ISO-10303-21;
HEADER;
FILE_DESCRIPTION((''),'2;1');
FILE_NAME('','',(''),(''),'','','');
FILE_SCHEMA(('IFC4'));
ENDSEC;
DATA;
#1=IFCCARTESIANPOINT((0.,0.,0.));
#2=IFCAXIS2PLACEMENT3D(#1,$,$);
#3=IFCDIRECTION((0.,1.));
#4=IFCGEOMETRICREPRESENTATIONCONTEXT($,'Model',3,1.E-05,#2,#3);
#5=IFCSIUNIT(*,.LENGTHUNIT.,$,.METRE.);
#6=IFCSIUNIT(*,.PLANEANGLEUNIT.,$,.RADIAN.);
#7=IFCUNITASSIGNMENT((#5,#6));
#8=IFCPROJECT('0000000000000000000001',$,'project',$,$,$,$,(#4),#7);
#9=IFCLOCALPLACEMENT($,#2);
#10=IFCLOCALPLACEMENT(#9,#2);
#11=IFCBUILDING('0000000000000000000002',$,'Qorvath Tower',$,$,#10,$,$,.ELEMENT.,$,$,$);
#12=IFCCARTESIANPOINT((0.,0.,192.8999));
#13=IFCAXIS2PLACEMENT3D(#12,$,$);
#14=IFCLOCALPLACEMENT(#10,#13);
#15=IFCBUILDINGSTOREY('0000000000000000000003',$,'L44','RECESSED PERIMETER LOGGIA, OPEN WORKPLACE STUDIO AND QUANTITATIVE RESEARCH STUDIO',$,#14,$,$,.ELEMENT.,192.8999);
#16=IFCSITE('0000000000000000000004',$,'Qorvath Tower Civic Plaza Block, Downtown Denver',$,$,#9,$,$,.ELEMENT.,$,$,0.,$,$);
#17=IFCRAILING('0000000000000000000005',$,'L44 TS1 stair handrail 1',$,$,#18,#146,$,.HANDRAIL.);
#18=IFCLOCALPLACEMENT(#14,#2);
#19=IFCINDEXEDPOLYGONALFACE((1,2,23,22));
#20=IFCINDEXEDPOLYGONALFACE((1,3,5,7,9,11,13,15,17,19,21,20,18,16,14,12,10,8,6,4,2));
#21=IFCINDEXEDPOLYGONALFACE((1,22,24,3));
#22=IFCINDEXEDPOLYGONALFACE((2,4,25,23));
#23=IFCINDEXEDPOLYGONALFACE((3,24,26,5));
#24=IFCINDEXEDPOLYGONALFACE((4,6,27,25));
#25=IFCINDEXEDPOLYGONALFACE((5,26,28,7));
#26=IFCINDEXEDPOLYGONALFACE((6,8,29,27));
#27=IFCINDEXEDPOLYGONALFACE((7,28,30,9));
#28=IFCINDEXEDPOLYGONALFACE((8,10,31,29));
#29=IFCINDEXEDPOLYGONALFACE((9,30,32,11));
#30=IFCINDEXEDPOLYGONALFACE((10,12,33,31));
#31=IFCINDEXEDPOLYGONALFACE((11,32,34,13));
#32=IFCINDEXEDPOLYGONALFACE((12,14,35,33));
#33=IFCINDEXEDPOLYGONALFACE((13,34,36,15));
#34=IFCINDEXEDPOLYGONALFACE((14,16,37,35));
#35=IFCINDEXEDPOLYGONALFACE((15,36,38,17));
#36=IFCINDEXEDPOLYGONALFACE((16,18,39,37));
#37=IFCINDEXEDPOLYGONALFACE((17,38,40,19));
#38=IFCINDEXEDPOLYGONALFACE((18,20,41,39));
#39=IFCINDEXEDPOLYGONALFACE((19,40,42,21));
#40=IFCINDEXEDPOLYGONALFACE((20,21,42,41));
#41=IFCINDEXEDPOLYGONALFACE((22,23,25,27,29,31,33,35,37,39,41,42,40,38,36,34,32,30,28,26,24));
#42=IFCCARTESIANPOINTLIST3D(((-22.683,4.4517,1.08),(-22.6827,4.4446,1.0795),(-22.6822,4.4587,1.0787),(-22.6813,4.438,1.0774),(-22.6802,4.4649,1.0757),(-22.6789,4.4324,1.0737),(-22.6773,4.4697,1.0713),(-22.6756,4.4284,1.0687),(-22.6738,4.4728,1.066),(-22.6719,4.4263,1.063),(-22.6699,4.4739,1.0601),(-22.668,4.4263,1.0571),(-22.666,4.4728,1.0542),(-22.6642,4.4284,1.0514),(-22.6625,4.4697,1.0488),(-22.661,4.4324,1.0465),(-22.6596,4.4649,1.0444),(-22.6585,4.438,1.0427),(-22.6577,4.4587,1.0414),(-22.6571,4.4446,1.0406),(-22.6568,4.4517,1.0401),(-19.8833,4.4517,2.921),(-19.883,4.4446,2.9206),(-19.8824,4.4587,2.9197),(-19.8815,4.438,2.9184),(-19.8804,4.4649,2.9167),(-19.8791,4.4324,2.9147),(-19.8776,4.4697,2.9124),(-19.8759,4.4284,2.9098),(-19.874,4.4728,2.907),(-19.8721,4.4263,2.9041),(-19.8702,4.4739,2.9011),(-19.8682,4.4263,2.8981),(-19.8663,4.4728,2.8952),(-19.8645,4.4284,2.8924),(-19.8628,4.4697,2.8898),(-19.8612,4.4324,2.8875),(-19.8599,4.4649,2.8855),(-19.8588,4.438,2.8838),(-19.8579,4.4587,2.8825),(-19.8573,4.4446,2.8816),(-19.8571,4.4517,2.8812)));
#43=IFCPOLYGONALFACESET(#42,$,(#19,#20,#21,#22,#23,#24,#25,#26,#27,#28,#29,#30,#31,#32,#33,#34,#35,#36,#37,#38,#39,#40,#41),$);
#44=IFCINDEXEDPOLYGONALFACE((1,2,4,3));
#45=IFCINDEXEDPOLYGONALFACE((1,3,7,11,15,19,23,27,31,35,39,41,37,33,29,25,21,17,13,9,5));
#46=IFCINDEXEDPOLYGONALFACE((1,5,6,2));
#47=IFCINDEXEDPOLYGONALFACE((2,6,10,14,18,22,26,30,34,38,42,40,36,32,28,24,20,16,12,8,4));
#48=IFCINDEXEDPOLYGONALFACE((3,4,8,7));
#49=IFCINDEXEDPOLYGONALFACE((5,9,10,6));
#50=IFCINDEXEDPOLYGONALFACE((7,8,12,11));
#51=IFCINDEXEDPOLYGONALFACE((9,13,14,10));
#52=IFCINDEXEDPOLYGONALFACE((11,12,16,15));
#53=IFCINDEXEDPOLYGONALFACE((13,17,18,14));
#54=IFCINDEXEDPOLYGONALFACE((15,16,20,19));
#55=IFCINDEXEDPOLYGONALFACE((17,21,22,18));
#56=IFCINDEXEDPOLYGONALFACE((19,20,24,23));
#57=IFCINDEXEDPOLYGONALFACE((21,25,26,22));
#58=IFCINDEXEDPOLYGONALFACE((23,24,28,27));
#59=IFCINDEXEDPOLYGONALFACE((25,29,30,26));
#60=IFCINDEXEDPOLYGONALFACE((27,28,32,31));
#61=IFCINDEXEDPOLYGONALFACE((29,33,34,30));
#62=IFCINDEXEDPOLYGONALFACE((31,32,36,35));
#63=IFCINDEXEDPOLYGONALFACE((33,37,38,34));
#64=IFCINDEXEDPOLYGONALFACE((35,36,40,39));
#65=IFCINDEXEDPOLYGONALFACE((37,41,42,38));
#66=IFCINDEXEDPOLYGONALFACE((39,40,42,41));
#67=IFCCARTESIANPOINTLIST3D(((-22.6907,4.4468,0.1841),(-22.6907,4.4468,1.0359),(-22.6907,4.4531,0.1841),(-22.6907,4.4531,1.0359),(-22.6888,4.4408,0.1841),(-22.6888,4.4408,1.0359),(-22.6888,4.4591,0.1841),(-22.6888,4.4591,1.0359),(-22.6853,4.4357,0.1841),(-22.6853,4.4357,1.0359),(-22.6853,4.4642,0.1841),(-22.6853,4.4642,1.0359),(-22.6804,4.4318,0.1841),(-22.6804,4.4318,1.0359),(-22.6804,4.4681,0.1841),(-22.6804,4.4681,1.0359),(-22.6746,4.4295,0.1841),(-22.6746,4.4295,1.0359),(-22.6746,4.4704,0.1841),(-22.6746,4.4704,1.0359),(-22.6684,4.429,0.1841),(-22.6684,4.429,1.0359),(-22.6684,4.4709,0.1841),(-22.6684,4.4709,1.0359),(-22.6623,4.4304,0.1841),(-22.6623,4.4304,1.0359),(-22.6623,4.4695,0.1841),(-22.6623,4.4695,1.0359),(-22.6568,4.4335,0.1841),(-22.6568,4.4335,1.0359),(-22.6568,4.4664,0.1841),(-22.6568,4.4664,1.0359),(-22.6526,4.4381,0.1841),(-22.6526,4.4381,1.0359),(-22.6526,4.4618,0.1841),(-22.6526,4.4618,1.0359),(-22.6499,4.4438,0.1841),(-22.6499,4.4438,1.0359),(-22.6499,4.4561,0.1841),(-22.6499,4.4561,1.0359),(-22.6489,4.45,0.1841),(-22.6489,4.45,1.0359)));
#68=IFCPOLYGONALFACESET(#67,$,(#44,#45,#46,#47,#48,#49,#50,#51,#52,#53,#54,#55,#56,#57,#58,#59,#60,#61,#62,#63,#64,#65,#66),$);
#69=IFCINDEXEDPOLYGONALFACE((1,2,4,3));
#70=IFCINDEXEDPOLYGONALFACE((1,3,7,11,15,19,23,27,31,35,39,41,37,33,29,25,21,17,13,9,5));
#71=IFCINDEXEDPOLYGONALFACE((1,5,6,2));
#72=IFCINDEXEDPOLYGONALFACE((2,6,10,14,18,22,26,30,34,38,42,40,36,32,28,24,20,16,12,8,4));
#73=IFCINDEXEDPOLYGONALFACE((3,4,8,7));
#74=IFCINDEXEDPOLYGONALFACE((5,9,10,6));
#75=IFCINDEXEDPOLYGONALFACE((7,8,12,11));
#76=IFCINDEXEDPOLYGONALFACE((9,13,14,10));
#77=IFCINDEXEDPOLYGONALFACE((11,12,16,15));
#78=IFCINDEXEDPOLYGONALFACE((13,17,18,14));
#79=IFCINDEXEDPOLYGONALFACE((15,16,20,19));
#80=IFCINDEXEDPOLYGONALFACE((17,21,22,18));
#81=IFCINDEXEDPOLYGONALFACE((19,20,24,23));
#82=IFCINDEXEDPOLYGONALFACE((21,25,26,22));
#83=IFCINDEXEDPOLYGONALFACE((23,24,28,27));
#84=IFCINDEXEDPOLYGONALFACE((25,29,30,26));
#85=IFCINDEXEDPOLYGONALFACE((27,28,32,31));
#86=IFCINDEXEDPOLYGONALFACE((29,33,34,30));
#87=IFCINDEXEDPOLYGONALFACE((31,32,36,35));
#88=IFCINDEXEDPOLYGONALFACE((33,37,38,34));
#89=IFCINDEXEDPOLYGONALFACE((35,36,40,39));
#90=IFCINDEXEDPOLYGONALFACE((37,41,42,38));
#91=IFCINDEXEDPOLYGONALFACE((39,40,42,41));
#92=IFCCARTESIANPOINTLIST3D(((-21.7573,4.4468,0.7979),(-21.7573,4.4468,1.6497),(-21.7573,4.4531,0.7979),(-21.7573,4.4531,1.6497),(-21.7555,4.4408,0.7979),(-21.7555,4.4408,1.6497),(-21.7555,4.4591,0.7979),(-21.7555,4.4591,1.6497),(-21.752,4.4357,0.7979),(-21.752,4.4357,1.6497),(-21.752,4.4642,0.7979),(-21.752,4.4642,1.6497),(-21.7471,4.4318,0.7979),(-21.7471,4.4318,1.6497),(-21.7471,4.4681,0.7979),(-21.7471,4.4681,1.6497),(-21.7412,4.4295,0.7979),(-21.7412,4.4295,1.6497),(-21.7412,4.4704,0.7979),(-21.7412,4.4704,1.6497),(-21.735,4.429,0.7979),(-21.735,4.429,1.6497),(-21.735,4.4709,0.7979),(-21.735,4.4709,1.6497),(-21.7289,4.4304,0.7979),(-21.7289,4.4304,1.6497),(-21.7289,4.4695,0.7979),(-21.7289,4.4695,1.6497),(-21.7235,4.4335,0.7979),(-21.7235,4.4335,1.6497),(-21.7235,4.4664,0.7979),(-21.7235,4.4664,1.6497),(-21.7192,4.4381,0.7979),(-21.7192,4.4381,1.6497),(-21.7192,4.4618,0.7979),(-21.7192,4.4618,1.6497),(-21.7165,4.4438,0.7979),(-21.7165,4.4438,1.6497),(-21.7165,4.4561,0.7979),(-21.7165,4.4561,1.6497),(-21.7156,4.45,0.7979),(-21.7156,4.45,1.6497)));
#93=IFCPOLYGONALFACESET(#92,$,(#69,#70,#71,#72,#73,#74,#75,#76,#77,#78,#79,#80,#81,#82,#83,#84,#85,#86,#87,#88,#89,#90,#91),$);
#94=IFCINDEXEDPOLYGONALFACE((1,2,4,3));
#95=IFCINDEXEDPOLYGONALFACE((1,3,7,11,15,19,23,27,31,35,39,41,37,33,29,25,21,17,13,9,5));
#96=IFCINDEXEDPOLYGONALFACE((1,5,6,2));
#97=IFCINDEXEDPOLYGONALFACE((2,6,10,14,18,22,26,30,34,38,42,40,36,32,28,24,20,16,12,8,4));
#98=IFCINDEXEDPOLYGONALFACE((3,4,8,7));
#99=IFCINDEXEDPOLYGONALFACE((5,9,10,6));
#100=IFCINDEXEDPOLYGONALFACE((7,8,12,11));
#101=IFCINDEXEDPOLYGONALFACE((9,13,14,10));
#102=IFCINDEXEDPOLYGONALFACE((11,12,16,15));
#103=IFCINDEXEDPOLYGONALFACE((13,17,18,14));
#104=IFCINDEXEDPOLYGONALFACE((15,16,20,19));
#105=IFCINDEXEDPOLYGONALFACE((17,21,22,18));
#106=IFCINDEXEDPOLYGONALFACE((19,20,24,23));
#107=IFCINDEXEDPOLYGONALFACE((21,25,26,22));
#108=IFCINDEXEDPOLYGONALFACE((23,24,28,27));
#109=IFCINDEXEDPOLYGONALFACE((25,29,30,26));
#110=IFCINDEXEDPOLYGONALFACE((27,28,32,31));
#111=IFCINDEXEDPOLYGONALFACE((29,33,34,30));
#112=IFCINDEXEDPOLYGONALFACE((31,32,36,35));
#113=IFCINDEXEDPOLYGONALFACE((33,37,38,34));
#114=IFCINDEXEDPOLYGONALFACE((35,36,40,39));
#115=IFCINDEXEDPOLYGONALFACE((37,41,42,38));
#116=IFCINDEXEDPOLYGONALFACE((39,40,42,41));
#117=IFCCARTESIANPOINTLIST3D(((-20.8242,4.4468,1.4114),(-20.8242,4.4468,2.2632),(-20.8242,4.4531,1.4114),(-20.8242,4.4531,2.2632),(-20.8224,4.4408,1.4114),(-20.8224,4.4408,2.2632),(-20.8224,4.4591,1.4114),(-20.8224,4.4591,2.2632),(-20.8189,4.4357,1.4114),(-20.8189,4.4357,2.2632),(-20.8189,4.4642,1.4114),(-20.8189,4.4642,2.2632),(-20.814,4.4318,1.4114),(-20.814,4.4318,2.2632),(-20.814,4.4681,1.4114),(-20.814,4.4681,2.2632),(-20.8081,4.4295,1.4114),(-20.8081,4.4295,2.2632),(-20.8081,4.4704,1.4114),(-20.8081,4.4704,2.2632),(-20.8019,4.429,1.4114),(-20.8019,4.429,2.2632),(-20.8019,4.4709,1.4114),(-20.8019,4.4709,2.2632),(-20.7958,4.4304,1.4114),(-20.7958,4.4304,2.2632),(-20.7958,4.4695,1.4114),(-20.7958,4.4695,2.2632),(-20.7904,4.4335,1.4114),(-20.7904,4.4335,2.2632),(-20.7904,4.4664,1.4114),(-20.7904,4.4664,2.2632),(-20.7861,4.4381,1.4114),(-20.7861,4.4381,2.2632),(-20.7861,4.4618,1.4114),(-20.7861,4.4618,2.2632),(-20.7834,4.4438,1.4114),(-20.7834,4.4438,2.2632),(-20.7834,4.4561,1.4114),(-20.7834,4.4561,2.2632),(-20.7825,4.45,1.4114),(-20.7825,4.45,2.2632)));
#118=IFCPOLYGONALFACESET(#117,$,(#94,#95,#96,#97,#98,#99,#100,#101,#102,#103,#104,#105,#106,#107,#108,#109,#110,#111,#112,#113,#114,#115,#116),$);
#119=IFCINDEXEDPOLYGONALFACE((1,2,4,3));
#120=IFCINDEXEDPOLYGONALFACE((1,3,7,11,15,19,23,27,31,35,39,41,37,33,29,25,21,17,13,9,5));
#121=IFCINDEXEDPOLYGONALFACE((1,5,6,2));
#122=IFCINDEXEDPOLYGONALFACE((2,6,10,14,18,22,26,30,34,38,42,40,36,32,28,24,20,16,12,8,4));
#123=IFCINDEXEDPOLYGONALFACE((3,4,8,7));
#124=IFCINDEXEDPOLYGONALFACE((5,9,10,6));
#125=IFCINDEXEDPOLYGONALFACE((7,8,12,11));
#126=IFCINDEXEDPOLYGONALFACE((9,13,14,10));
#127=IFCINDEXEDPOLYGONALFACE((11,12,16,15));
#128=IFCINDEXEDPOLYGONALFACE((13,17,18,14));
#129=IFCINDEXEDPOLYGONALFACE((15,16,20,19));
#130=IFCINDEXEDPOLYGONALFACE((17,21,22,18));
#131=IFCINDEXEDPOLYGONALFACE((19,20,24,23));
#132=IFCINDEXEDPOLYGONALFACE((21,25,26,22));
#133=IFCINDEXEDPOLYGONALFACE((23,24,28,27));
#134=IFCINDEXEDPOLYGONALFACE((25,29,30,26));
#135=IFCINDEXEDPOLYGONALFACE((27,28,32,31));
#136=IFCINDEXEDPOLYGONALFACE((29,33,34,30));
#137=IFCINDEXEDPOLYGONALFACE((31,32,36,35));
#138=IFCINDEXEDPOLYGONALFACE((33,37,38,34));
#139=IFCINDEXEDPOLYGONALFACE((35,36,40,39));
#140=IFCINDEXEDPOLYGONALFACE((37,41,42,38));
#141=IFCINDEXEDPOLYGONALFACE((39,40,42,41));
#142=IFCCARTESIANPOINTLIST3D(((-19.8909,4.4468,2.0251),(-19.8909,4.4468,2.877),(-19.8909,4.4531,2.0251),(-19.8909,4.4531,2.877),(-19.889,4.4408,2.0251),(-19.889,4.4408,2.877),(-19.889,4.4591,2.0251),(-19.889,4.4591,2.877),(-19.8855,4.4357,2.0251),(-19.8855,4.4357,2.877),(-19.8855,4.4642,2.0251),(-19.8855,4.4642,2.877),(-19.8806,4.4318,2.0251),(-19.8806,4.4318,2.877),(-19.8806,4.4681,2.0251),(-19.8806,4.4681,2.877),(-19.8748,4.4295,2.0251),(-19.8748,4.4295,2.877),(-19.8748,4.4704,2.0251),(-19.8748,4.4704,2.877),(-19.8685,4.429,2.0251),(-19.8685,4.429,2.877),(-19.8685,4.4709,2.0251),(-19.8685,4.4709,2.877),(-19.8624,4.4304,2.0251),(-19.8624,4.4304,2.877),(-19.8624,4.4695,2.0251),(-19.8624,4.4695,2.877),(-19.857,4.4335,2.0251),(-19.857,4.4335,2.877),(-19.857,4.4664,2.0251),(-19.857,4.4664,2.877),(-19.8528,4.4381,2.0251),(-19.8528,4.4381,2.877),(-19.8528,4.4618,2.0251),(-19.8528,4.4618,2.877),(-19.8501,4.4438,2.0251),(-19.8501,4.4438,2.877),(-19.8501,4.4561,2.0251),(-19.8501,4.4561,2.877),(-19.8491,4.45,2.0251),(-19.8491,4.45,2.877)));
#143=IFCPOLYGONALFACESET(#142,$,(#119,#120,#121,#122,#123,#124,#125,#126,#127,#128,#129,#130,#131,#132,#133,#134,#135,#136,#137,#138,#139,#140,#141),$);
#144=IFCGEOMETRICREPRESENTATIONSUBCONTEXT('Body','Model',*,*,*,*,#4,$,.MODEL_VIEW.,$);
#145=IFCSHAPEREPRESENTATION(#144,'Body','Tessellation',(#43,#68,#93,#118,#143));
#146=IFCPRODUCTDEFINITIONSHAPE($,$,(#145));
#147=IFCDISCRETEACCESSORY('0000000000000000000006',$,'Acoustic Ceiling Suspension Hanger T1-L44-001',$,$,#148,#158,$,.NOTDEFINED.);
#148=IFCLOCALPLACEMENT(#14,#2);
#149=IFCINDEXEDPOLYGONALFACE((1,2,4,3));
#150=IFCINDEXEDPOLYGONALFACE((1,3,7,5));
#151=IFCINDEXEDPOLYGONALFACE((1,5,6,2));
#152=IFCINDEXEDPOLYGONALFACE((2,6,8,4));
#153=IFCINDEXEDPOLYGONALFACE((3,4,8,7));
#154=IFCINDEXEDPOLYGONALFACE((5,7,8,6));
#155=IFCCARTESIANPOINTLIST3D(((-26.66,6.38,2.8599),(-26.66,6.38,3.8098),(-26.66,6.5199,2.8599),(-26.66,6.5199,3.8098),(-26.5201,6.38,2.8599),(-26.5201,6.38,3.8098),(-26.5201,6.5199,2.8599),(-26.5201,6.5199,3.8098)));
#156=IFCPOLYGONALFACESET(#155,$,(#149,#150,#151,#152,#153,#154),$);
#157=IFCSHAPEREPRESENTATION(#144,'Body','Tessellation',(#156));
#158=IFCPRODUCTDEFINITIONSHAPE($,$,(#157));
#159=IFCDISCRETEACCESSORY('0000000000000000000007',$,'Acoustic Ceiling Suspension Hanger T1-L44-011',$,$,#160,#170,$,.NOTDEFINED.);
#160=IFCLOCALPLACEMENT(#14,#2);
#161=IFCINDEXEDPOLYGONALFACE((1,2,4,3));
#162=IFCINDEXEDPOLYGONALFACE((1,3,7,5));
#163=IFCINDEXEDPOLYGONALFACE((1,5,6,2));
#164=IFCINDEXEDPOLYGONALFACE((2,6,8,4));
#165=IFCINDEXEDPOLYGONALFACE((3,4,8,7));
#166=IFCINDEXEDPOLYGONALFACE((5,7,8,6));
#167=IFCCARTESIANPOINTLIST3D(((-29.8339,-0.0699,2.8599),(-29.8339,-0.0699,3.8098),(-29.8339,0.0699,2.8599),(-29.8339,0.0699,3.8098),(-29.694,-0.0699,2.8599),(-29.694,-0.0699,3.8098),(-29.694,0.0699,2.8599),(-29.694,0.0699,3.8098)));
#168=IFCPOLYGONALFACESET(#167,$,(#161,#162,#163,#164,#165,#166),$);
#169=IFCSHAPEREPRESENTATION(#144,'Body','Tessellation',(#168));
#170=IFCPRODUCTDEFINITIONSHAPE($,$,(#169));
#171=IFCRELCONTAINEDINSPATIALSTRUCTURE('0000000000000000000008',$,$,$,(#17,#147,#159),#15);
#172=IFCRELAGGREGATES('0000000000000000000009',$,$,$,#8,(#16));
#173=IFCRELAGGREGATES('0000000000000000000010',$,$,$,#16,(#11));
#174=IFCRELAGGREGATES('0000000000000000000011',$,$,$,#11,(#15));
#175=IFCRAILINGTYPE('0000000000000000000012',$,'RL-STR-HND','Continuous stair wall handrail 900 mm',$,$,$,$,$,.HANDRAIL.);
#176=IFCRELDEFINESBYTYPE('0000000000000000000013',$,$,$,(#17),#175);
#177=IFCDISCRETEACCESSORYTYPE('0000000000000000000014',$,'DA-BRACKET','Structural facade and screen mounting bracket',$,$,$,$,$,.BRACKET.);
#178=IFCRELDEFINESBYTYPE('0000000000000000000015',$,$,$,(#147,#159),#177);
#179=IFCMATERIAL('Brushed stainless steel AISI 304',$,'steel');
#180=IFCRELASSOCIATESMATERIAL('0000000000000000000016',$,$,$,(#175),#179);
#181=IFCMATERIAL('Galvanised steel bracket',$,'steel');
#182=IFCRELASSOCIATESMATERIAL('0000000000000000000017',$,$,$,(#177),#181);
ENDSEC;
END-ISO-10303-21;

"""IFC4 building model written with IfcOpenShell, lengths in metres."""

from ifc_helpers import new_model, si_unit, direction, frame, origin, origin_2d, place, context, subcontext, project, spatial, rectangle, circle, extrude, material, type_object, element, save


model = new_model("IFC4")

# Units and contexts
model_context = context("Model", 3, precision=1e-05, world=origin(), true_north=direction((0.0, 1.0)))
body_context = subcontext(model_context, "Body", "Model", "MODEL_VIEW")
ifc_project = project(units=[si_unit("LENGTHUNIT", "METRE"), si_unit("PLANEANGLEUNIT", "RADIAN")], contexts=[model_context])

# Site, building, storey
site_placement = place(None, origin())
site = spatial("IfcSite", under=ifc_project, at=site_placement, Name="Qorvath Tower Civic Plaza Block, Downtown Denver", CompositionType="ELEMENT", RefElevation=0.0)
building_placement = place(site_placement, origin())
building = spatial("IfcBuilding", under=site, at=building_placement, Name="Qorvath Tower", CompositionType="ELEMENT")
storey_placement = place(building_placement, frame((0.0, 0.0, 192.8999)))
storey = spatial("IfcBuildingStorey", under=building, at=storey_placement, Name="L44", Description="RECESSED PERIMETER LOGGIA, OPEN WORKPLACE STUDIO AND QUANTITATIVE RESEARCH STUDIO", CompositionType="ELEMENT", Elevation=192.8999)

# Railing
ifc_material_1 = material(Name="Brushed stainless steel AISI 304", Category="steel")
railing_type_1 = type_object("IfcRailingType", Name="RL-STR-HND", Description="Continuous stair wall handrail 900 mm", PredefinedType="HANDRAIL", material=ifc_material_1)
railing_1_placement = place(storey_placement, frame((-22.6699, 4.45, 0.1841)))
element("IfcRailing", 1, at=railing_1_placement, inside=storey, type_object=railing_type_1, Name="L44 TS1 stair handrail 1", PredefinedType="HANDRAIL", context=body_context, shape_type="SweptSolid", body=[
    extrude(circle(Radius=0.0239, at=origin_2d()), frame((0.0, 0.0, 0.876), z_axis=(0.835542, 0.0, 0.549426), x_axis=(0.0, 1.0, 0.0)), (0.0, 0.0, 1.0), 3.3508),
    extrude(circle(Radius=0.021, at=origin_2d()), origin(), (0.0, 0.0, 1.0), 0.8518),
    extrude(circle(Radius=0.021, at=origin_2d()), frame((0.9333, 0.0, 0.6138)), (0.0, 0.0, 1.0), 0.8518),
    extrude(circle(Radius=0.021, at=origin_2d()), frame((1.8665, 0.0, 1.2273)), (0.0, 0.0, 1.0), 0.8518),
    extrude(circle(Radius=0.021, at=origin_2d()), frame((2.7998, 0.0, 1.8411)), (0.0, 0.0, 1.0), 0.8518),
])

# Discrete accessories
ifc_material_2 = material(Name="Galvanised steel bracket", Category="steel")
discrete_accessory_type = type_object("IfcDiscreteAccessoryType", Name="DA-BRACKET", Description="Structural facade and screen mounting bracket", PredefinedType="BRACKET", material=ifc_material_2)
for number, where, z_axis, x_axis, name in (
    (2, (-26.5901, 6.45, 2.8599), (0.0, 0.0, 1.0), (1.0, 0.0, 0.0), "Acoustic Ceiling Suspension Hanger T1-L44-001"),
    (3, (-29.7639, 0.0, 2.8599), (0.0, 0.0, 1.0), (1.0, 0.0, 0.0), "Acoustic Ceiling Suspension Hanger T1-L44-011"),
):
    element("IfcDiscreteAccessory", number, at=place(storey_placement, frame(where, z_axis=z_axis, x_axis=x_axis)), inside=storey, type_object=discrete_accessory_type, Name=name, PredefinedType="NOTDEFINED", context=body_context, shape_type="SweptSolid", body=[
        extrude(rectangle(XDim=0.1399, YDim=0.1399, at=origin_2d()), origin(), (0.0, 0.0, 1.0), 0.95),
    ])

save(model, "model.ifc")
